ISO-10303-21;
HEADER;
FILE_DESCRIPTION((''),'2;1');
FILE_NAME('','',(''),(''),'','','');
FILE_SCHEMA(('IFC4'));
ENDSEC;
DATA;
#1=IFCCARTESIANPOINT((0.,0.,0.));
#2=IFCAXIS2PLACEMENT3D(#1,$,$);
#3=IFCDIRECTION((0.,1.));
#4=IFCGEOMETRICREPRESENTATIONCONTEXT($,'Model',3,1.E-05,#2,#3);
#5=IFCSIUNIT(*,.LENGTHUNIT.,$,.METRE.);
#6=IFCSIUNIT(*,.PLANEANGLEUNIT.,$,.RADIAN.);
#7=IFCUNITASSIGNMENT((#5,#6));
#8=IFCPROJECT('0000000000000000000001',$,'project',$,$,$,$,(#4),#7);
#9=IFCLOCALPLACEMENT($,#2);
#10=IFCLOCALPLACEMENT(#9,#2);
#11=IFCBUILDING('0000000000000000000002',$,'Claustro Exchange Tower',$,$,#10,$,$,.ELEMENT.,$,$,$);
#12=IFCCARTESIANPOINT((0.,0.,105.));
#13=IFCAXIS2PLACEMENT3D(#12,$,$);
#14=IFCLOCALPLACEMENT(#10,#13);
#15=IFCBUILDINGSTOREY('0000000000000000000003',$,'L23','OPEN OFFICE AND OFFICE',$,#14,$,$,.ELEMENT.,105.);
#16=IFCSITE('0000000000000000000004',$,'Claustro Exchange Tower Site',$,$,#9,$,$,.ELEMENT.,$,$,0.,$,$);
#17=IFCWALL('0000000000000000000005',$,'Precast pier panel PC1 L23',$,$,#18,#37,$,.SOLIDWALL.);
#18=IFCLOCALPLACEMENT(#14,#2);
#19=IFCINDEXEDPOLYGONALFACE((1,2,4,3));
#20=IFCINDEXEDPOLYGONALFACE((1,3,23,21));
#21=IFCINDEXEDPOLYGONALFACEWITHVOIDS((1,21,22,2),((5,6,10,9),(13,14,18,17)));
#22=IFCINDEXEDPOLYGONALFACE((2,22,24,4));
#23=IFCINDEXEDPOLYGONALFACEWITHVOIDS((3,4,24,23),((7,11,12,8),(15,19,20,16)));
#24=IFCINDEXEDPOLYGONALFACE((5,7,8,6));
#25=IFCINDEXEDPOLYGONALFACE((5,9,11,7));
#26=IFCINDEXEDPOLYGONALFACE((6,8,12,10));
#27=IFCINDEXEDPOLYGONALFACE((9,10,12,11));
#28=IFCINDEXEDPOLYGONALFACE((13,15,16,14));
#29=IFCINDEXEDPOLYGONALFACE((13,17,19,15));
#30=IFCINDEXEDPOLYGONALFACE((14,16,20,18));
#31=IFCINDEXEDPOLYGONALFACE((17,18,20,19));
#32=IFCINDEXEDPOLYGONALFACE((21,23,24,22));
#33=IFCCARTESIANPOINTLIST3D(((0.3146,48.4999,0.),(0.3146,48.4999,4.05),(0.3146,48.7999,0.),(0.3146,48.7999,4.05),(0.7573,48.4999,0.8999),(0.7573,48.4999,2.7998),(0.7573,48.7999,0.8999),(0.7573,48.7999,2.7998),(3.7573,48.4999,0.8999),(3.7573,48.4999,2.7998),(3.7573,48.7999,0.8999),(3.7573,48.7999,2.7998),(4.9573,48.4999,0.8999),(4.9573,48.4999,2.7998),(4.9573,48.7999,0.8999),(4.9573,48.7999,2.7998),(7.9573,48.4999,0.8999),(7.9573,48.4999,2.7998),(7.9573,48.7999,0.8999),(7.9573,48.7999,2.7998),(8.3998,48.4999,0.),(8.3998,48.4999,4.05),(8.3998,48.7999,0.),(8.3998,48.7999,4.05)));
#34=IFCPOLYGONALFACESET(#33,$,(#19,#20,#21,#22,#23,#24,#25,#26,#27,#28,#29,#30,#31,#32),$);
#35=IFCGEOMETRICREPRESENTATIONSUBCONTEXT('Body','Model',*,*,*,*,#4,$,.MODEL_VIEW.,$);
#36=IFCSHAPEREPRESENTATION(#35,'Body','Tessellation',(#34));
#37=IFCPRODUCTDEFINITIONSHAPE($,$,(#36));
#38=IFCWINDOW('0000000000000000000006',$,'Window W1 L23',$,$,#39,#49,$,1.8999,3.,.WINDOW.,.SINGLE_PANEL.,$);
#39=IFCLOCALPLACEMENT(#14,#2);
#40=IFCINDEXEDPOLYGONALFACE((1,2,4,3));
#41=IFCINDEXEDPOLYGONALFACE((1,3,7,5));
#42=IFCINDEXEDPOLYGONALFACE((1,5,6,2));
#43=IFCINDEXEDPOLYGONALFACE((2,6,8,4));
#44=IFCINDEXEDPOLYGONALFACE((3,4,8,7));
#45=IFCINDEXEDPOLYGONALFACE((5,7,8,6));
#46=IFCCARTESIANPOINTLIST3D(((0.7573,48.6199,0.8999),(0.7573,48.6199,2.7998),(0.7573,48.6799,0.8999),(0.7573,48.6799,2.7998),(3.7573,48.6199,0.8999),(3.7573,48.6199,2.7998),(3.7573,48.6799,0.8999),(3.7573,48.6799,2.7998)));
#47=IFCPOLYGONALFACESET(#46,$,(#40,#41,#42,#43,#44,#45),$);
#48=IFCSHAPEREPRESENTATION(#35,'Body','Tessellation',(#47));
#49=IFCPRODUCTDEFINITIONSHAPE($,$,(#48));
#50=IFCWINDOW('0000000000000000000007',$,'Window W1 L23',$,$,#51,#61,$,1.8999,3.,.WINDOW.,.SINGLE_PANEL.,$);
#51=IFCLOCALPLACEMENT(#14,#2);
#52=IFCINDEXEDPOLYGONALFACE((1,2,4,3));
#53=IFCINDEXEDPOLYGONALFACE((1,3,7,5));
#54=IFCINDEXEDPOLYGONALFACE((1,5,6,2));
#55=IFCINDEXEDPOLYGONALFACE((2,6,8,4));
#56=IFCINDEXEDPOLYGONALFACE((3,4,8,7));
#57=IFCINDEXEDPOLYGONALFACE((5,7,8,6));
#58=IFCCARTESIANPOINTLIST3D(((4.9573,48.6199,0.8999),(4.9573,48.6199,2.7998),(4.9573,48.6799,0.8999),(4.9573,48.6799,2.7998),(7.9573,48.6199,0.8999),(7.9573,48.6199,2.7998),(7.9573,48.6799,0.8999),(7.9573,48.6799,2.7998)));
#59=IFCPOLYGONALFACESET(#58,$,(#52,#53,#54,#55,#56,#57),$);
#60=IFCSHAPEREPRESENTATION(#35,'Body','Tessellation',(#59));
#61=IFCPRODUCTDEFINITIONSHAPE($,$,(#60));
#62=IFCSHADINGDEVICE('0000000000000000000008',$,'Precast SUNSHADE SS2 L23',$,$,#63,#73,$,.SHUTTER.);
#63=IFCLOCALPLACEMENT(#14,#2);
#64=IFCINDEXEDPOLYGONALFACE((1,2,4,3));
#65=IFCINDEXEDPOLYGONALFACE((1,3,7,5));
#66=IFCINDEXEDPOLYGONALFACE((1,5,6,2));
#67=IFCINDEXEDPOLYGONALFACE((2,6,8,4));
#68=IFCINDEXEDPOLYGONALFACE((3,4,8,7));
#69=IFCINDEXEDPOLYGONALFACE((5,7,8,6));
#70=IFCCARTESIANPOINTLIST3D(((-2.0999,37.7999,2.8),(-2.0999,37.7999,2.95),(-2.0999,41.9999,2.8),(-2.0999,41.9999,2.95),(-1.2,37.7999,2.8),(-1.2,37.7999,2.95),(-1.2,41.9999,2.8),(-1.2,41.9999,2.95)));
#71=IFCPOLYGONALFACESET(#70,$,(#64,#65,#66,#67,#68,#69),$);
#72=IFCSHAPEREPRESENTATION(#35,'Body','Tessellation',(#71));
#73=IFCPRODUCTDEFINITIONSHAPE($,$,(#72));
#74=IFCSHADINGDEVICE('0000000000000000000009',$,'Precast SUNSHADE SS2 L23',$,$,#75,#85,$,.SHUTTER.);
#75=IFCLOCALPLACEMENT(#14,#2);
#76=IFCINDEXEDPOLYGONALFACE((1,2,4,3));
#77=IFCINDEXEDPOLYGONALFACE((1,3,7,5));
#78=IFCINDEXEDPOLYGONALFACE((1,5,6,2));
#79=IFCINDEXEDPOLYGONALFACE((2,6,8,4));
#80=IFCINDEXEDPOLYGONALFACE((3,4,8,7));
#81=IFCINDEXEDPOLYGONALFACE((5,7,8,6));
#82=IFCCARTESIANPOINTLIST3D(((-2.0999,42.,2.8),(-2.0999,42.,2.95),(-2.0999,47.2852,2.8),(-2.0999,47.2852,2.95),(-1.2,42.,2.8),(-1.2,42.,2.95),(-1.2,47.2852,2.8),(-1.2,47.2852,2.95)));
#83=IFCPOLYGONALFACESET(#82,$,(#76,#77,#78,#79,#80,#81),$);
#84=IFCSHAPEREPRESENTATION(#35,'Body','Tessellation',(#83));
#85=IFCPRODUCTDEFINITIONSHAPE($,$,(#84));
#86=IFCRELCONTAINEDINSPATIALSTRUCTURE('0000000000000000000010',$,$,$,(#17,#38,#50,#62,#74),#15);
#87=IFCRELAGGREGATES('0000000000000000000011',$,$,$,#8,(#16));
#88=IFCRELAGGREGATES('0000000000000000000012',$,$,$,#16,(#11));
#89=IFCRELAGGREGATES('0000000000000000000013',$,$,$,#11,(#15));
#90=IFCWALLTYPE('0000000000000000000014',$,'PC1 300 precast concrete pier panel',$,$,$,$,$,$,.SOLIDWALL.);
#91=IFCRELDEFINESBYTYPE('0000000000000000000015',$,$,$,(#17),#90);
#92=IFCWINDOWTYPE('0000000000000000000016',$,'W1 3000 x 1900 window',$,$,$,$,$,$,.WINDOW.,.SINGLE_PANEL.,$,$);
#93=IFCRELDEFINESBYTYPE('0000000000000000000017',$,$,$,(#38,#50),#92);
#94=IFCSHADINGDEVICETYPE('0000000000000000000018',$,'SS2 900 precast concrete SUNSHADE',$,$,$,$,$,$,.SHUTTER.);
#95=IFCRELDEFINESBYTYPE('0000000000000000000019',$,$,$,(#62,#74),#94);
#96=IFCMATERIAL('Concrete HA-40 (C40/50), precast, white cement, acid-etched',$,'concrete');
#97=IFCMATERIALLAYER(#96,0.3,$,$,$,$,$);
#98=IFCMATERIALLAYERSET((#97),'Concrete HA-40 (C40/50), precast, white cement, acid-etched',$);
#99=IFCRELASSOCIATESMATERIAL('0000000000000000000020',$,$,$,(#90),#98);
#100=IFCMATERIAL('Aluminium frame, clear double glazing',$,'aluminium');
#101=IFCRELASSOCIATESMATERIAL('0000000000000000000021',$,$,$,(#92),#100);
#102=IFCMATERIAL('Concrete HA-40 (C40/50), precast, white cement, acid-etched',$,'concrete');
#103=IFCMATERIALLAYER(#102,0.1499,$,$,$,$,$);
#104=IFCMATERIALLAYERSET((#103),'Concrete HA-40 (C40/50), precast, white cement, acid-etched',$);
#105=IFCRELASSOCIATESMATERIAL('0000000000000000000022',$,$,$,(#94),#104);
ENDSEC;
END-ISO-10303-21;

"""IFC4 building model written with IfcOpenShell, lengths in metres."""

from ifc_helpers import new_model, si_unit, direction, frame, frame_2d, origin, origin_2d, place, context, subcontext, project, spatial, rectangle, extrude, material, layer, layer_set, type_object, element, fill, save


model = new_model("IFC4")

# Units and contexts
model_context = context("Model", 3, precision=1e-05, world=origin(), true_north=direction((0.0, 1.0)))
body_context = subcontext(model_context, "Body", "Model", "MODEL_VIEW")
ifc_project = project(units=[si_unit("LENGTHUNIT", "METRE"), si_unit("PLANEANGLEUNIT", "RADIAN")], contexts=[model_context])

# Site, building, storey
site_placement = place(None, origin())
site = spatial("IfcSite", under=ifc_project, at=site_placement, Name="Claustro Exchange Tower Site", CompositionType="ELEMENT", RefElevation=0.0)
building_placement = place(site_placement, origin())
building = spatial("IfcBuilding", under=site, at=building_placement, Name="Claustro Exchange Tower", CompositionType="ELEMENT")
storey_placement = place(building_placement, frame((0.0, 0.0, 105.0)))
storey = spatial("IfcBuildingStorey", under=building, at=storey_placement, Name="L23", Description="OPEN OFFICE AND OFFICE", CompositionType="ELEMENT", Elevation=105.0)

# Shared definitions
ifc_material_1 = material(Name="Concrete HA-40 (C40/50), precast, white cement, acid-etched", Category="concrete")
ifc_layer_1 = layer(ifc_material_1, 0.3)
ifc_layer_set_1 = layer_set([ifc_layer_1], Name="Concrete HA-40 (C40/50), precast, white cement, acid-etched")
wall_type_1 = type_object("IfcWallType", Name="PC1 300 precast concrete pier panel", PredefinedType="SOLIDWALL", material=ifc_layer_set_1)

# Wall, openings, windows
wall_1_placement = place(storey_placement, frame((0.3147, 48.6499, 0.0), z_axis=(0.0, 0.0, 1.0), x_axis=(1.0, 0.0, 0.0)))
wall_1 = element("IfcWall", 1, at=wall_1_placement, inside=storey, type_object=wall_type_1, Name="Precast pier panel PC1 L23", PredefinedType="SOLIDWALL", context=body_context, shape_type="SweptSolid", body=[
    extrude(rectangle(XDim=8.0852, YDim=0.3, at=frame_2d((4.0425, 0.0))), origin(), (0.0, 0.0, 1.0), 4.05),
])
opening_1_placement = place(wall_1_placement, frame((0.4426, 0.0, 0.8999)))
opening_1 = element("IfcOpeningElement", 2, at=opening_1_placement, cuts=wall_1, PredefinedType="OPENING", context=body_context, shape_type="SweptSolid", body=[
    extrude(rectangle(XDim=3.0, YDim=1.8999, at=frame_2d((1.5, 0.95))), frame((0.0, 0.1599, 0.0), z_axis=(0.0, -1.0, 0.0), x_axis=(1.0, 0.0, 0.0)), (0.0, 0.0, 1.0), 0.3201),
])
opening_2_placement = place(wall_1_placement, frame((4.6426, 0.0, 0.8999)))
opening_2 = element("IfcOpeningElement", 3, at=opening_2_placement, cuts=wall_1, PredefinedType="OPENING", context=body_context, shape_type="SweptSolid", body=[
    extrude(rectangle(XDim=3.0, YDim=1.8999, at=frame_2d((1.5, 0.95))), frame((0.0, 0.1599, 0.0), z_axis=(0.0, -1.0, 0.0), x_axis=(1.0, 0.0, 0.0)), (0.0, 0.0, 1.0), 0.3201),
])
ifc_material_2 = material(Name="Aluminium frame, clear double glazing", Category="aluminium")
window_type_1 = type_object("IfcWindowType", Name="W1 3000 x 1900 window", PartitioningType="SINGLE_PANEL", PredefinedType="WINDOW", material=ifc_material_2)
window_1_placement = place(opening_1_placement, origin())
window_1 = element("IfcWindow", 4, at=window_1_placement, inside=storey, type_object=window_type_1, Name="Window W1 L23", OverallHeight=1.8999, OverallWidth=3.0, PartitioningType="SINGLE_PANEL", PredefinedType="WINDOW", context=body_context, shape_type="SweptSolid", body=[
    extrude(rectangle(XDim=3.0, YDim=1.8999, at=frame_2d((1.5, 0.95))), frame((0.0, 0.03, 0.0), z_axis=(0.0, -1.0, 0.0), x_axis=(1.0, 0.0, 0.0)), (0.0, 0.0, 1.0), 0.0601),
])
fill(opening_1, window_1)
window_2_placement = place(opening_2_placement, origin())
window_2 = element("IfcWindow", 5, at=window_2_placement, inside=storey, type_object=window_type_1, Name="Window W1 L23", OverallHeight=1.8999, OverallWidth=3.0, PartitioningType="SINGLE_PANEL", PredefinedType="WINDOW", context=body_context, shape_type="SweptSolid", body=[
    extrude(rectangle(XDim=3.0, YDim=1.8999, at=frame_2d((1.5, 0.95))), frame((0.0, 0.03, 0.0), z_axis=(0.0, -1.0, 0.0), x_axis=(1.0, 0.0, 0.0)), (0.0, 0.0, 1.0), 0.0601),
])
fill(opening_2, window_2)

# Shading devices
ifc_material_3 = material(Name="Concrete HA-40 (C40/50), precast, white cement, acid-etched", Category="concrete")
ifc_layer_2 = layer(ifc_material_3, 0.1499)
ifc_layer_set_2 = layer_set([ifc_layer_2], Name="Concrete HA-40 (C40/50), precast, white cement, acid-etched")
shading_device_type = type_object("IfcShadingDeviceType", Name="SS2 900 precast concrete SUNSHADE", PredefinedType="SHUTTER", material=ifc_layer_set_2)
shading_device_1_placement = place(storey_placement, frame((-1.6499, 39.8999, 2.8), z_axis=(0.0, 0.0, 1.0), x_axis=(0.0, 1.0, 0.0)))
element("IfcShadingDevice", 6, at=shading_device_1_placement, inside=storey, type_object=shading_device_type, Name="Precast SUNSHADE SS2 L23", PredefinedType="SHUTTER", context=body_context, shape_type="SweptSolid", body=[
    extrude(rectangle(XDim=4.2, YDim=0.8999, at=origin_2d()), origin(), (0.0, 0.0, 1.0), 0.1499),
])
shading_device_2_placement = place(storey_placement, frame((-1.6499, 44.6426, 2.8), z_axis=(0.0, 0.0, 1.0), x_axis=(0.0, 1.0, 0.0)))
element("IfcShadingDevice", 7, at=shading_device_2_placement, inside=storey, type_object=shading_device_type, Name="Precast SUNSHADE SS2 L23", PredefinedType="SHUTTER", context=body_context, shape_type="SweptSolid", body=[
    extrude(rectangle(XDim=5.2852, YDim=0.8999, at=origin_2d()), origin(), (0.0, 0.0, 1.0), 0.1499),
])

save(model, "model.ifc")
